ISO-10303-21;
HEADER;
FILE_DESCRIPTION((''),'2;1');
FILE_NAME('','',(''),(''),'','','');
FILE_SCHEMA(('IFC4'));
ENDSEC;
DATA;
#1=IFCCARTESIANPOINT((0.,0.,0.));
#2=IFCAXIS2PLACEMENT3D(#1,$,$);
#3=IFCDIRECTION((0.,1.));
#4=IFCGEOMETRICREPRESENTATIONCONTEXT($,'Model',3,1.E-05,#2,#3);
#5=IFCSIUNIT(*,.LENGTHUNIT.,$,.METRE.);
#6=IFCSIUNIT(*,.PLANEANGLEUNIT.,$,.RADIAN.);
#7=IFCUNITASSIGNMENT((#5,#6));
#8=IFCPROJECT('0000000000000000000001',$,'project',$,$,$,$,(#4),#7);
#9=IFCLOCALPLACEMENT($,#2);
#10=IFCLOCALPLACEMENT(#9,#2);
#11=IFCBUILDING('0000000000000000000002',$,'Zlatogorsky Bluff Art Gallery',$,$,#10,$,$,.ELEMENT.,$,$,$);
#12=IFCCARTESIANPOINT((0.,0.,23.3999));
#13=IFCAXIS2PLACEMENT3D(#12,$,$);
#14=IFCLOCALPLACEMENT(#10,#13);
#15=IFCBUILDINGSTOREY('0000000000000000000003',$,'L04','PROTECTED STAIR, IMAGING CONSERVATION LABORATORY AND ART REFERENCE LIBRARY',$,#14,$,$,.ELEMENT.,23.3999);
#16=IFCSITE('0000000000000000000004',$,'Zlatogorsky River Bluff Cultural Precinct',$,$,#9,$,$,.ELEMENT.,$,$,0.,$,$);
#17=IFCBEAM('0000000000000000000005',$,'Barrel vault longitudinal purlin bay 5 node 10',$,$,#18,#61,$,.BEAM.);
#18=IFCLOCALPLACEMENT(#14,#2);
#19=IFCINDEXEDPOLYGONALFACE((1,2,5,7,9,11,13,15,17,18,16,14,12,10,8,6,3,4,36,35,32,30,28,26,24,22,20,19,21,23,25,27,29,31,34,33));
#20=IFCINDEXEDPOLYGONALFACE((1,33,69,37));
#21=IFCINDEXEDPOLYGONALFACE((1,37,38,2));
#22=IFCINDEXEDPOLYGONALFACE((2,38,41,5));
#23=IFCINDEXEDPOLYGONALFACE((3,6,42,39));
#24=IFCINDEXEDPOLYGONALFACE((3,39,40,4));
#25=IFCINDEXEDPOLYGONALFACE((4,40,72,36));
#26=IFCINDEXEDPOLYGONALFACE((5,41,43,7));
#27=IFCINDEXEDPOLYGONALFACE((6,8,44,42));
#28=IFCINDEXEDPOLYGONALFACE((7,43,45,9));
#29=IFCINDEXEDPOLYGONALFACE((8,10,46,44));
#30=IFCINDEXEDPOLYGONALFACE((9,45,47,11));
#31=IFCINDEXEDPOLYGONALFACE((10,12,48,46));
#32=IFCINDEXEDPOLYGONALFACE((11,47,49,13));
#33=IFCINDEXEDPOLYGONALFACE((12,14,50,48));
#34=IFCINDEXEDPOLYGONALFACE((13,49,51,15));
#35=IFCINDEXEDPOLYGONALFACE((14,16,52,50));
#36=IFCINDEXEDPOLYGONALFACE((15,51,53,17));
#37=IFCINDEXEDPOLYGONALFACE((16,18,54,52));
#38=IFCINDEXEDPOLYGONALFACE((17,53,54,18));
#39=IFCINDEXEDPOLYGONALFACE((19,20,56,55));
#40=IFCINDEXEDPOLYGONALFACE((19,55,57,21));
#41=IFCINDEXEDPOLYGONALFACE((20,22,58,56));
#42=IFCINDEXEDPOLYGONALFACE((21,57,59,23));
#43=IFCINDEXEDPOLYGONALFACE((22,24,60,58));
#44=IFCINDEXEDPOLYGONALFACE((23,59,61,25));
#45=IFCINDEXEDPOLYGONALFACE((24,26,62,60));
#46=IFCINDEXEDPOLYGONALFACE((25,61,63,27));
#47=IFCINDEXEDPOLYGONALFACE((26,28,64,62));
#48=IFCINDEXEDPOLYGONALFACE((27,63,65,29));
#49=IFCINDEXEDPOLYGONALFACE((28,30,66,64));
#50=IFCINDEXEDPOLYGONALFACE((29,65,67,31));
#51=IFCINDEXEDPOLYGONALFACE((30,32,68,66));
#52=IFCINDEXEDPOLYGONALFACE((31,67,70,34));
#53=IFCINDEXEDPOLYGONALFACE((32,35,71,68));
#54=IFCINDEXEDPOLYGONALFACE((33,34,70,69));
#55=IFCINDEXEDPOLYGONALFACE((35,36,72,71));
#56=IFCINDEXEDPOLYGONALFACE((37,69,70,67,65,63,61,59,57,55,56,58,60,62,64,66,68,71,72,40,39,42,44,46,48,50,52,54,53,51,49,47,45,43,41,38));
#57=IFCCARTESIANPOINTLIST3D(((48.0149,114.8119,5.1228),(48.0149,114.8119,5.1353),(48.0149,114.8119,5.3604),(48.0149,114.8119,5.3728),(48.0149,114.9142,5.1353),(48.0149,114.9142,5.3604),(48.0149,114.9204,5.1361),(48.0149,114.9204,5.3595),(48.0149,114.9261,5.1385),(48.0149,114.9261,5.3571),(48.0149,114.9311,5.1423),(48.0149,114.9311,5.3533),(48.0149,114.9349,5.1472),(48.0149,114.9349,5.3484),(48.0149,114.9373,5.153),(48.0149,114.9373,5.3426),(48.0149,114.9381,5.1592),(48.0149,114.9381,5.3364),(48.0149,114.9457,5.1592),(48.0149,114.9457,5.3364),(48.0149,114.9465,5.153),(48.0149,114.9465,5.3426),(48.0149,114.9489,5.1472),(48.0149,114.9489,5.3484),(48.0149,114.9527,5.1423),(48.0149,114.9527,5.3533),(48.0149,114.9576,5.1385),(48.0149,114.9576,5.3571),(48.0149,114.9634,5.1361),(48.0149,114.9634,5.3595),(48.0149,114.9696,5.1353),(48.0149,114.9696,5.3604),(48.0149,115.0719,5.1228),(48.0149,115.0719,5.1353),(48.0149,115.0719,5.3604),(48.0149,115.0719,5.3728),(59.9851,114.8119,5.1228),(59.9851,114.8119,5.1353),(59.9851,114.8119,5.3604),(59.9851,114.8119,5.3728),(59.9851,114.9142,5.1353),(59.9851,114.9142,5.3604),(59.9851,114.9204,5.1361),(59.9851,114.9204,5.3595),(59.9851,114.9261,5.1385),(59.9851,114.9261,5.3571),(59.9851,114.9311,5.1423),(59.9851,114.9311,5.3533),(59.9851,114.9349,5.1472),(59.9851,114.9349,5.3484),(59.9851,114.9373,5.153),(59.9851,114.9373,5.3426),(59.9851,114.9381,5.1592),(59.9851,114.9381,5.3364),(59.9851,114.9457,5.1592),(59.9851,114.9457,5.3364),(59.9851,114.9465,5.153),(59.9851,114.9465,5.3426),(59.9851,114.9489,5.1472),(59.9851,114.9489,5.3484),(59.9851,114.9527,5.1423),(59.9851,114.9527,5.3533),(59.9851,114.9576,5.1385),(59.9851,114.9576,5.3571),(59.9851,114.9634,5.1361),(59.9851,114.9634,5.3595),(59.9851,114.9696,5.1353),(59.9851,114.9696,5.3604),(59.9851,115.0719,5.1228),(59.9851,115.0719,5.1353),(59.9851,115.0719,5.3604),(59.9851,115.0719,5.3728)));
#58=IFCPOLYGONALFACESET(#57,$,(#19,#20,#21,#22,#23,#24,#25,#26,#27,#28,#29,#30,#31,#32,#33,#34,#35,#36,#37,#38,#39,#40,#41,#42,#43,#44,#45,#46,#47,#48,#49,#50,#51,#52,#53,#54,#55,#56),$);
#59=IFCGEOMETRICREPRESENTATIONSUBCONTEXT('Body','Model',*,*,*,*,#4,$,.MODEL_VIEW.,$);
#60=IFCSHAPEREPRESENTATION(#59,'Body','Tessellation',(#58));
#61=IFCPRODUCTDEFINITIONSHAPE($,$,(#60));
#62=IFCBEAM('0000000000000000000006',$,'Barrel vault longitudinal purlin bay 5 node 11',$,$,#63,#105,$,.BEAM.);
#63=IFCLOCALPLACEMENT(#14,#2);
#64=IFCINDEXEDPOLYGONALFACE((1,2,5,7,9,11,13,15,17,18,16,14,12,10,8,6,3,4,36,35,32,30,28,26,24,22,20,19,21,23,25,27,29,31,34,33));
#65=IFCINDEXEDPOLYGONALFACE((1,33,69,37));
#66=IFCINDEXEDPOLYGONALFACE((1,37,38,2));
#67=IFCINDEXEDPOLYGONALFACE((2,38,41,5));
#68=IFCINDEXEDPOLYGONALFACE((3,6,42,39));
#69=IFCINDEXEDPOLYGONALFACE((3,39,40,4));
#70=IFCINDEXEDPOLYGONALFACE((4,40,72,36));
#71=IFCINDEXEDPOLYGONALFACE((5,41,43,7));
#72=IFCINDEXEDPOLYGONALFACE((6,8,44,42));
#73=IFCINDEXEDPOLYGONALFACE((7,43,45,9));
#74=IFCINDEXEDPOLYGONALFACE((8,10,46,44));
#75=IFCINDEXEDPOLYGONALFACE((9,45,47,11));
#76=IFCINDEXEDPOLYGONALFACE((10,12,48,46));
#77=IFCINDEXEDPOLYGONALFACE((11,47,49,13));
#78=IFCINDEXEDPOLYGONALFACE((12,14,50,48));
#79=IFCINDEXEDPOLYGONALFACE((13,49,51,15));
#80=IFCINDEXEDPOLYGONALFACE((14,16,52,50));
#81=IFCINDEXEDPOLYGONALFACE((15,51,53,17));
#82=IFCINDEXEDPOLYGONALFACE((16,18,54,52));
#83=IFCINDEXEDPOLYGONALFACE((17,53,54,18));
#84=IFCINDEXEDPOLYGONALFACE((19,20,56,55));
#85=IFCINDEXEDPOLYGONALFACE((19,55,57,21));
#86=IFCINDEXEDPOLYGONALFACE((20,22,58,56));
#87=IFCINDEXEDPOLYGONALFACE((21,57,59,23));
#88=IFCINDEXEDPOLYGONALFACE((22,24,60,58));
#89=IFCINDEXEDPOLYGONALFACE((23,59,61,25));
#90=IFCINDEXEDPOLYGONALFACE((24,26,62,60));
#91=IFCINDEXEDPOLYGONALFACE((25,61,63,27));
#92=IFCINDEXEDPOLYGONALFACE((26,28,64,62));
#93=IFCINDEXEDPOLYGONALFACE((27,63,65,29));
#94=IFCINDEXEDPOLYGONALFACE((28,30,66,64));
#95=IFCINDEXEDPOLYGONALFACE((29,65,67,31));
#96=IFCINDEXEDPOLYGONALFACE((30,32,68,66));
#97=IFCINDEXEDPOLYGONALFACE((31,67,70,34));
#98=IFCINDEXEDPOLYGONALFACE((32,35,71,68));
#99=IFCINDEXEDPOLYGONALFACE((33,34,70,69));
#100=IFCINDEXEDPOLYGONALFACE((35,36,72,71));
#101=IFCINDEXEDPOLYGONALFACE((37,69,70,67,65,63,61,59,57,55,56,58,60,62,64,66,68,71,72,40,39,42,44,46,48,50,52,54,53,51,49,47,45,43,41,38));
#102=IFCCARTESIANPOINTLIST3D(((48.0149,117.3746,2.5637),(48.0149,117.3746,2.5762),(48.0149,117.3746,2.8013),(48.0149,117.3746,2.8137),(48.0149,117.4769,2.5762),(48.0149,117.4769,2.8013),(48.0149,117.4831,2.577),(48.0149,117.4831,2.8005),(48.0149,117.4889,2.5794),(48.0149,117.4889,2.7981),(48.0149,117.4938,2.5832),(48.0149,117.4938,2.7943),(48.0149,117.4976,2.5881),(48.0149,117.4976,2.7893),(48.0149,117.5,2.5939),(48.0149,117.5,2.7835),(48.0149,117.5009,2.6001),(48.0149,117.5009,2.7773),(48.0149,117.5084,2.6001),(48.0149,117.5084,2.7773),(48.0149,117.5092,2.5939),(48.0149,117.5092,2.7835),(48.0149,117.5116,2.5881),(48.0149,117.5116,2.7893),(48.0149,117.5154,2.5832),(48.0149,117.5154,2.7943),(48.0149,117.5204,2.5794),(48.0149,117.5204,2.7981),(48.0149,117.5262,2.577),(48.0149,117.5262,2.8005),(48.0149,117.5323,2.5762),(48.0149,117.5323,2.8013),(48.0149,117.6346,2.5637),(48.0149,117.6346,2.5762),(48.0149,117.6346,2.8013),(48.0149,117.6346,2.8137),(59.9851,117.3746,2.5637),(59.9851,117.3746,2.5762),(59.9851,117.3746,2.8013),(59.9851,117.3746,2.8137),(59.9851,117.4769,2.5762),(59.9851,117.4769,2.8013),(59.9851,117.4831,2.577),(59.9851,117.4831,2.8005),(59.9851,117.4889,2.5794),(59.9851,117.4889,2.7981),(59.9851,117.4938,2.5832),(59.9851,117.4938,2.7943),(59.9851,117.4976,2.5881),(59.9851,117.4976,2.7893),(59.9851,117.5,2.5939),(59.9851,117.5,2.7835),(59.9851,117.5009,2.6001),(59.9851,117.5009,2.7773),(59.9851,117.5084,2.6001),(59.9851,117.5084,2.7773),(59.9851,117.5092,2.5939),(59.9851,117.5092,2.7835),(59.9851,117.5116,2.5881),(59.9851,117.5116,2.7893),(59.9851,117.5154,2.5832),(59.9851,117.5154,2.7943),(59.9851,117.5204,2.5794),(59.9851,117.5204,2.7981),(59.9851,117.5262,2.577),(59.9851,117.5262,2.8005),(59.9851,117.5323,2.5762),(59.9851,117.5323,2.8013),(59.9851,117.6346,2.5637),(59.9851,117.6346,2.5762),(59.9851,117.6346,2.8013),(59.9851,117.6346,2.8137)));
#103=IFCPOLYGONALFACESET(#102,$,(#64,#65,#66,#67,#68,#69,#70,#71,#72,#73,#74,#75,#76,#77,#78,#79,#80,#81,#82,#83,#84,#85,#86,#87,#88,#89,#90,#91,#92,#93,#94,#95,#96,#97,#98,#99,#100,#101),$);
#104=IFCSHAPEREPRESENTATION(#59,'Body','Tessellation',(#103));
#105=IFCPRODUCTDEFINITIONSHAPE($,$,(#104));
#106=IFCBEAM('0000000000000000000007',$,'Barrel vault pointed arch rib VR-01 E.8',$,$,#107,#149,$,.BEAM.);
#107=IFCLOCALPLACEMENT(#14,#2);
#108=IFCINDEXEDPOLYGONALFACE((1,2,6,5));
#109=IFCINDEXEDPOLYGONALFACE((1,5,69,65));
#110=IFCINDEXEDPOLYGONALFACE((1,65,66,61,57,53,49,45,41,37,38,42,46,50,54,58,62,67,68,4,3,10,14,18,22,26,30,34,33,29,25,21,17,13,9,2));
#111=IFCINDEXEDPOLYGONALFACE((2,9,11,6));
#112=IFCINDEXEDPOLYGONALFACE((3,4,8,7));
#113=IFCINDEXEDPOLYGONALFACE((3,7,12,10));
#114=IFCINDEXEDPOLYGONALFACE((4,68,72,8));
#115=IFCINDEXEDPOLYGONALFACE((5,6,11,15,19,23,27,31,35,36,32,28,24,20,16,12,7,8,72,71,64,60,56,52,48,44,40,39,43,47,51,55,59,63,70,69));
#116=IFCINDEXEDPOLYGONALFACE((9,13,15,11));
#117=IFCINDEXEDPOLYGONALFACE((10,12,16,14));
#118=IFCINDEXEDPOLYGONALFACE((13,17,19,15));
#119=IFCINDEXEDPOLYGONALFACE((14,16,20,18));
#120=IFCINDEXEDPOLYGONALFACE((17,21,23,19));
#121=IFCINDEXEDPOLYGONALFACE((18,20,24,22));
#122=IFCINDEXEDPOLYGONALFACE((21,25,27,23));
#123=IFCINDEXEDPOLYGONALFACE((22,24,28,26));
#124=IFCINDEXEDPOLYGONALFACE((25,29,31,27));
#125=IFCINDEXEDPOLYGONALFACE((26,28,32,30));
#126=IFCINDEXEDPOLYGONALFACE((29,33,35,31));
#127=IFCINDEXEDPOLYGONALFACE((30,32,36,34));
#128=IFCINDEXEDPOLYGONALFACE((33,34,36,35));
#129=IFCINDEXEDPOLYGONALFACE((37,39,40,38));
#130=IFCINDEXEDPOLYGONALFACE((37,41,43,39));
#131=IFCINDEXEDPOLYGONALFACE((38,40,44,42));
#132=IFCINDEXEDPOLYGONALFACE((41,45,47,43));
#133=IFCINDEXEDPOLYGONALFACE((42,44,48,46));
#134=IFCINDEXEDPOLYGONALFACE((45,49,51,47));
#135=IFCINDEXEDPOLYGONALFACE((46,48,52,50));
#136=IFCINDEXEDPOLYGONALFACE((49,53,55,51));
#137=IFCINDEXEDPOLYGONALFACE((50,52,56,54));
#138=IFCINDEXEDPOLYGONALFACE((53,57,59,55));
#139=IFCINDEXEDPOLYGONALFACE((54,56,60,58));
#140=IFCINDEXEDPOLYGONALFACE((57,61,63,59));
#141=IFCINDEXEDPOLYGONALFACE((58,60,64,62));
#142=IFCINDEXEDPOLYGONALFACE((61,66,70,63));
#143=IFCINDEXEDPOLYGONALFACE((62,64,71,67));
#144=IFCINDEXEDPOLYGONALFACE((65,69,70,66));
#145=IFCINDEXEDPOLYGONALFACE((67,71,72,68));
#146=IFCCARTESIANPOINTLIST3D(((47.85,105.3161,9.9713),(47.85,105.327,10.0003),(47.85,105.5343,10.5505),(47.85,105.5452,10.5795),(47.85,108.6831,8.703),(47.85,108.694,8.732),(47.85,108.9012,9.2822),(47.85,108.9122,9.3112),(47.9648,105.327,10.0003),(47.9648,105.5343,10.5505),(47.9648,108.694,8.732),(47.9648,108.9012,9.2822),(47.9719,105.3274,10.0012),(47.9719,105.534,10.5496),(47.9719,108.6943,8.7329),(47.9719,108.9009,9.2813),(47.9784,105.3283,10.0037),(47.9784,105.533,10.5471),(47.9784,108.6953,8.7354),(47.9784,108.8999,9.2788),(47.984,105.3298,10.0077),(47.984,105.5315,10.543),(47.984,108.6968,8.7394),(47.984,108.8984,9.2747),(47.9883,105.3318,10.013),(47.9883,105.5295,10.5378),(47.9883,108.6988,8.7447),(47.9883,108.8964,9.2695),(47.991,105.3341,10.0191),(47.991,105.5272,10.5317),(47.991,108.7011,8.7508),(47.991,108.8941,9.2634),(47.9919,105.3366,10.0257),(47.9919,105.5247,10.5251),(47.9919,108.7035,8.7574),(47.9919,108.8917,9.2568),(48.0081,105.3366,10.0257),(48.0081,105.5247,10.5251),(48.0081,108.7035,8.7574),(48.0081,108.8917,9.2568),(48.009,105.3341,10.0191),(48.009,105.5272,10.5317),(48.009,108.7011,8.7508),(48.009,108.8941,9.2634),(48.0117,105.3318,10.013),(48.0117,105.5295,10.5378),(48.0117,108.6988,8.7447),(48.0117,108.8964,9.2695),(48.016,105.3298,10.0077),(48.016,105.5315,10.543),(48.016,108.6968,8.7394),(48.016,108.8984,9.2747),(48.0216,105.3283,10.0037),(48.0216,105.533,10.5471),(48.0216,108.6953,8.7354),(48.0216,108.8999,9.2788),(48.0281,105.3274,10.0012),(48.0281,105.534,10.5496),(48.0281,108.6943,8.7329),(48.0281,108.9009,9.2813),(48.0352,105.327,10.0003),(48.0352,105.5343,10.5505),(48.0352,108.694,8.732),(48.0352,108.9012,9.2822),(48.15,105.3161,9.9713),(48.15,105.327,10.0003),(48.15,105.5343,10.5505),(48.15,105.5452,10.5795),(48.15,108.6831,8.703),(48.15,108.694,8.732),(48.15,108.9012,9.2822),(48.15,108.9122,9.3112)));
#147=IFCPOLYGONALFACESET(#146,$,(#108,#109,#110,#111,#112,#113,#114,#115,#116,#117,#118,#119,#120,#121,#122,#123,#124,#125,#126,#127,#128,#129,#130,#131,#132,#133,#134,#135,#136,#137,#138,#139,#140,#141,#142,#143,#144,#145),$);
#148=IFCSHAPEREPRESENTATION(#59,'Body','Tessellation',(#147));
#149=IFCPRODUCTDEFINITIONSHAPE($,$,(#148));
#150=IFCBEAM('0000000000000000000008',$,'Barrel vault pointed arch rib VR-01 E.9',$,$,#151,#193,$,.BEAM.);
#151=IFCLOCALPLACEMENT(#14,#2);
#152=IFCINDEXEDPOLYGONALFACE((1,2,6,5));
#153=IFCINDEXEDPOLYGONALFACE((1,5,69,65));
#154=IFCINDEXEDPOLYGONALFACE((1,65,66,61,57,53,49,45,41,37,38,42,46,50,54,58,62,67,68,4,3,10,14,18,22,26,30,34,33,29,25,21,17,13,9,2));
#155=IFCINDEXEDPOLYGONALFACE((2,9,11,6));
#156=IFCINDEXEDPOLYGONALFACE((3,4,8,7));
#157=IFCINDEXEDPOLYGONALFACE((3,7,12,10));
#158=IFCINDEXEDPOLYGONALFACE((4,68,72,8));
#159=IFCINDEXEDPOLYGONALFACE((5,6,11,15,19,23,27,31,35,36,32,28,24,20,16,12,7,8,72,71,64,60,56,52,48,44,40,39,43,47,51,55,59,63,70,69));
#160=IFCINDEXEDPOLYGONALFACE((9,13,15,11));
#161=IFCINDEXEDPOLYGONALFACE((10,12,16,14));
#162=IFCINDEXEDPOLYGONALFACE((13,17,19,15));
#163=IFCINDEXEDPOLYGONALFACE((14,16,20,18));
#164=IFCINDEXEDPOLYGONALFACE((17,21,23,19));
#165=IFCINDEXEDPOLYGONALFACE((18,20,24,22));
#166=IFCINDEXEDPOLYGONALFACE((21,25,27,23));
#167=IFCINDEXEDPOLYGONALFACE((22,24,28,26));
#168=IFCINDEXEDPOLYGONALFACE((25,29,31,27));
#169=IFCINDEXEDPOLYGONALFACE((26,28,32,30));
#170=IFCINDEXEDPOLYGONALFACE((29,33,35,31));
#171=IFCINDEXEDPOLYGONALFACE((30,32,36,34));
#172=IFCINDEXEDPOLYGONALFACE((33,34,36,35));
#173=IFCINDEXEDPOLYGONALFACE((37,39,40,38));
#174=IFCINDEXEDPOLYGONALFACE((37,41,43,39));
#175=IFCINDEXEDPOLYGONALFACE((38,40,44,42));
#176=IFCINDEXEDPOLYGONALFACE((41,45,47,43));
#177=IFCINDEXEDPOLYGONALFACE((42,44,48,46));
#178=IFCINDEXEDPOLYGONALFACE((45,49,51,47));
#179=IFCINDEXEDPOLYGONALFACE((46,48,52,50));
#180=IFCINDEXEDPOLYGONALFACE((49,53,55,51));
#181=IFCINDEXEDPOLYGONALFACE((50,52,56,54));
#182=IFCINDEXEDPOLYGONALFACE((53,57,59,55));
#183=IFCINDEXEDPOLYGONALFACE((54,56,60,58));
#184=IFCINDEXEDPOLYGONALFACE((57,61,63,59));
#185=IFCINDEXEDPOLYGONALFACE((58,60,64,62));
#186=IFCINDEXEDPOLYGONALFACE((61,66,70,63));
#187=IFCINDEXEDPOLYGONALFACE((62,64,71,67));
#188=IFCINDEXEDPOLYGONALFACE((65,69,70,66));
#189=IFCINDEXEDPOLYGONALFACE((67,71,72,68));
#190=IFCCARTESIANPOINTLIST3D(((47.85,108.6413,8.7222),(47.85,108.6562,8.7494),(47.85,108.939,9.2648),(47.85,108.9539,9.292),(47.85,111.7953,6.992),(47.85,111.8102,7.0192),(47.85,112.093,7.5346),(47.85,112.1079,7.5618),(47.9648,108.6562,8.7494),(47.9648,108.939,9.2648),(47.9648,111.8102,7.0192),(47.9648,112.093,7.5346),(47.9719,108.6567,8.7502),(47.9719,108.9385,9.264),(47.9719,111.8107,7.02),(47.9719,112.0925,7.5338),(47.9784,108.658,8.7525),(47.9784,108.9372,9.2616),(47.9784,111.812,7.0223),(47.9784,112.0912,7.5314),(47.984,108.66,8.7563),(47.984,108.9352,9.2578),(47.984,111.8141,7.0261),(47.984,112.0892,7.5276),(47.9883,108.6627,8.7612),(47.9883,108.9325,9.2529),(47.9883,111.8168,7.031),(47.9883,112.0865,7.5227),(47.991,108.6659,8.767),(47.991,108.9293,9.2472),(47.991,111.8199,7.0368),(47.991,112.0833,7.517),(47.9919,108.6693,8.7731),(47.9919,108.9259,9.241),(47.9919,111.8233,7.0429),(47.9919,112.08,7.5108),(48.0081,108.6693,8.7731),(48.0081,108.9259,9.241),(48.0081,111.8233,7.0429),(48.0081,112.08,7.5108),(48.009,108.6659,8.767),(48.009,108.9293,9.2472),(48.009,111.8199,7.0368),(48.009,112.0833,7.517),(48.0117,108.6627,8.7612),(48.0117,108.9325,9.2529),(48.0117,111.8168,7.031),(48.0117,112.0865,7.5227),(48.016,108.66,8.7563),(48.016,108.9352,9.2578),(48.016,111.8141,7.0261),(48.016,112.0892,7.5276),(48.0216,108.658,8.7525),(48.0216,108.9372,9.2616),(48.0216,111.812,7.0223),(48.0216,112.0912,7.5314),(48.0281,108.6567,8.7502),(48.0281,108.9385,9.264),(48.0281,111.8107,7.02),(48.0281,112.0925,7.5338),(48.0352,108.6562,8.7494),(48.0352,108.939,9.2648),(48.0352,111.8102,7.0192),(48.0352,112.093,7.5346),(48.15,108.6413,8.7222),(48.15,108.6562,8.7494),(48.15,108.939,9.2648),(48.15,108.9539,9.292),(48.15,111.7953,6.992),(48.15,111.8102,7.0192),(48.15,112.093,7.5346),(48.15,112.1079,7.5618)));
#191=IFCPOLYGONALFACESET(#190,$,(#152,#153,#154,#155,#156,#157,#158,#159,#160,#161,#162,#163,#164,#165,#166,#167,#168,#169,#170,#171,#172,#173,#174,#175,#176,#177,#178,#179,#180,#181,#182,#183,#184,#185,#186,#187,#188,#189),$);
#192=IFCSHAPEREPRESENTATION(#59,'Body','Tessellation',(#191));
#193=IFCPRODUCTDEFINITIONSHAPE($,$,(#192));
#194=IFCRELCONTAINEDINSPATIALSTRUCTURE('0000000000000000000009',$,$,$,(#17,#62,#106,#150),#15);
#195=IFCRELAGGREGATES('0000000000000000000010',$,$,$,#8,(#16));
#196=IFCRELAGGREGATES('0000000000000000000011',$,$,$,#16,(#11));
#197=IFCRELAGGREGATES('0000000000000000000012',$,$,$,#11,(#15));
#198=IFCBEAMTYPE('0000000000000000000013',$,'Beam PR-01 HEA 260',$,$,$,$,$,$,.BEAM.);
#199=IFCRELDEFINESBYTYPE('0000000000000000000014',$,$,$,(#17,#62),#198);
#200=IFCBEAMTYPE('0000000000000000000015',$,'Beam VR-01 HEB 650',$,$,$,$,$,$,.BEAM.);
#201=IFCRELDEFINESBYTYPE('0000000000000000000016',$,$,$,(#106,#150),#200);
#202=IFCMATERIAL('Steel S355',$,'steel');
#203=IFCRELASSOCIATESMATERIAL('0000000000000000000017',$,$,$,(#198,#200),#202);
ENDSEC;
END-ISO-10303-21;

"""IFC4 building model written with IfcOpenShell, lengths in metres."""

from ifc_helpers import new_model, si_unit, direction, frame, origin, origin_2d, place, context, subcontext, project, spatial, i_section, extrude, material, material_profile, profile_set, type_object, element, save


model = new_model("IFC4")

# Units and contexts
model_context = context("Model", 3, precision=1e-05, world=origin(), true_north=direction((0.0, 1.0)))
body_context = subcontext(model_context, "Body", "Model", "MODEL_VIEW")
ifc_project = project(units=[si_unit("LENGTHUNIT", "METRE"), si_unit("PLANEANGLEUNIT", "RADIAN")], contexts=[model_context])

# Site, building, storey
site_placement = place(None, origin())
site = spatial("IfcSite", under=ifc_project, at=site_placement, Name="Zlatogorsky River Bluff Cultural Precinct", CompositionType="ELEMENT", RefElevation=0.0)
building_placement = place(site_placement, origin())
building = spatial("IfcBuilding", under=site, at=building_placement, Name="Zlatogorsky Bluff Art Gallery", CompositionType="ELEMENT")
storey_placement = place(building_placement, frame((0.0, 0.0, 23.3999)))
storey = spatial("IfcBuildingStorey", under=building, at=storey_placement, Name="L04", Description="PROTECTED STAIR, IMAGING CONSERVATION LABORATORY AND ART REFERENCE LIBRARY", CompositionType="ELEMENT", Elevation=23.3999)

# Beams
ifc_material_1 = material(Name="Steel S355", Category="steel")
ifc_material_profile_1 = material_profile(ifc_material_1, i_section(OverallWidth=0.26, OverallDepth=0.25, WebThickness=0.0076, FlangeThickness=0.0125, FilletRadius=0.0239, at=origin_2d()), Name="HEA 260")
ifc_profile_set_1 = profile_set([ifc_material_profile_1], Name="Steel S355")
beam_type_1 = type_object("IfcBeamType", Name="Beam PR-01 HEA 260", PredefinedType="BEAM", material=ifc_profile_set_1)
for number, where, z_axis, x_axis, name in (
    (1, (48.0149, 114.9419, 5.2478), (1.0, 0.0, 0.0), (0.0, 1.0, 0.0), "Barrel vault longitudinal purlin bay 5 node 10"),
    (2, (48.0149, 117.5046, 2.6887), (1.0, 0.0, 0.0), (0.0, 1.0, 0.0), "Barrel vault longitudinal purlin bay 5 node 11"),
):
    element("IfcBeam", number, at=place(storey_placement, frame(where, z_axis=z_axis, x_axis=x_axis)), inside=storey, type_object=beam_type_1, Name=name, PredefinedType="BEAM", context=body_context, shape_type="SweptSolid", body=[
        extrude(i_section(OverallWidth=0.26, OverallDepth=0.25, WebThickness=0.0076, FlangeThickness=0.0125, FilletRadius=0.0239, at=origin_2d()), origin(), (0.0, 0.0, 1.0), 11.9702),
    ])
ifc_material_profile_2 = material_profile(ifc_material_1, i_section(OverallWidth=0.3, OverallDepth=0.6499, WebThickness=0.0161, FlangeThickness=0.031, FilletRadius=0.0271, at=origin_2d()), Name="HEB 650")
ifc_profile_set_2 = profile_set([ifc_material_profile_2], Name="Steel S355")
beam_type_2 = type_object("IfcBeamType", Name="Beam VR-01 HEB 650", PredefinedType="BEAM", material=ifc_profile_set_2)
beam_1_placement = place(storey_placement, frame((48.0, 105.4307, 10.2754), z_axis=(0.0, 0.935807, -0.352514), x_axis=(-1.0, 0.0, 0.0)))
element("IfcBeam", 3, at=beam_1_placement, inside=storey, type_object=beam_type_2, Name="Barrel vault pointed arch rib VR-01 E.8", PredefinedType="BEAM", context=body_context, shape_type="SweptSolid", body=[
    extrude(i_section(OverallWidth=0.3, OverallDepth=0.6499, WebThickness=0.0161, FlangeThickness=0.031, FilletRadius=0.0271, at=origin_2d()), origin(), (0.0, 0.0, 1.0), 3.5979),
])
beam_2_placement = place(storey_placement, frame((48.0, 108.7976, 9.0071), z_axis=(0.0, 0.876744, -0.480957), x_axis=(-1.0, 0.0, 0.0)))
element("IfcBeam", 4, at=beam_2_placement, inside=storey, type_object=beam_type_2, Name="Barrel vault pointed arch rib VR-01 E.9", PredefinedType="BEAM", context=body_context, shape_type="SweptSolid", body=[
    extrude(i_section(OverallWidth=0.3, OverallDepth=0.6499, WebThickness=0.0161, FlangeThickness=0.031, FilletRadius=0.0271, at=origin_2d()), origin(), (0.0, 0.0, 1.0), 3.5974),
])

save(model, "model.ifc")
